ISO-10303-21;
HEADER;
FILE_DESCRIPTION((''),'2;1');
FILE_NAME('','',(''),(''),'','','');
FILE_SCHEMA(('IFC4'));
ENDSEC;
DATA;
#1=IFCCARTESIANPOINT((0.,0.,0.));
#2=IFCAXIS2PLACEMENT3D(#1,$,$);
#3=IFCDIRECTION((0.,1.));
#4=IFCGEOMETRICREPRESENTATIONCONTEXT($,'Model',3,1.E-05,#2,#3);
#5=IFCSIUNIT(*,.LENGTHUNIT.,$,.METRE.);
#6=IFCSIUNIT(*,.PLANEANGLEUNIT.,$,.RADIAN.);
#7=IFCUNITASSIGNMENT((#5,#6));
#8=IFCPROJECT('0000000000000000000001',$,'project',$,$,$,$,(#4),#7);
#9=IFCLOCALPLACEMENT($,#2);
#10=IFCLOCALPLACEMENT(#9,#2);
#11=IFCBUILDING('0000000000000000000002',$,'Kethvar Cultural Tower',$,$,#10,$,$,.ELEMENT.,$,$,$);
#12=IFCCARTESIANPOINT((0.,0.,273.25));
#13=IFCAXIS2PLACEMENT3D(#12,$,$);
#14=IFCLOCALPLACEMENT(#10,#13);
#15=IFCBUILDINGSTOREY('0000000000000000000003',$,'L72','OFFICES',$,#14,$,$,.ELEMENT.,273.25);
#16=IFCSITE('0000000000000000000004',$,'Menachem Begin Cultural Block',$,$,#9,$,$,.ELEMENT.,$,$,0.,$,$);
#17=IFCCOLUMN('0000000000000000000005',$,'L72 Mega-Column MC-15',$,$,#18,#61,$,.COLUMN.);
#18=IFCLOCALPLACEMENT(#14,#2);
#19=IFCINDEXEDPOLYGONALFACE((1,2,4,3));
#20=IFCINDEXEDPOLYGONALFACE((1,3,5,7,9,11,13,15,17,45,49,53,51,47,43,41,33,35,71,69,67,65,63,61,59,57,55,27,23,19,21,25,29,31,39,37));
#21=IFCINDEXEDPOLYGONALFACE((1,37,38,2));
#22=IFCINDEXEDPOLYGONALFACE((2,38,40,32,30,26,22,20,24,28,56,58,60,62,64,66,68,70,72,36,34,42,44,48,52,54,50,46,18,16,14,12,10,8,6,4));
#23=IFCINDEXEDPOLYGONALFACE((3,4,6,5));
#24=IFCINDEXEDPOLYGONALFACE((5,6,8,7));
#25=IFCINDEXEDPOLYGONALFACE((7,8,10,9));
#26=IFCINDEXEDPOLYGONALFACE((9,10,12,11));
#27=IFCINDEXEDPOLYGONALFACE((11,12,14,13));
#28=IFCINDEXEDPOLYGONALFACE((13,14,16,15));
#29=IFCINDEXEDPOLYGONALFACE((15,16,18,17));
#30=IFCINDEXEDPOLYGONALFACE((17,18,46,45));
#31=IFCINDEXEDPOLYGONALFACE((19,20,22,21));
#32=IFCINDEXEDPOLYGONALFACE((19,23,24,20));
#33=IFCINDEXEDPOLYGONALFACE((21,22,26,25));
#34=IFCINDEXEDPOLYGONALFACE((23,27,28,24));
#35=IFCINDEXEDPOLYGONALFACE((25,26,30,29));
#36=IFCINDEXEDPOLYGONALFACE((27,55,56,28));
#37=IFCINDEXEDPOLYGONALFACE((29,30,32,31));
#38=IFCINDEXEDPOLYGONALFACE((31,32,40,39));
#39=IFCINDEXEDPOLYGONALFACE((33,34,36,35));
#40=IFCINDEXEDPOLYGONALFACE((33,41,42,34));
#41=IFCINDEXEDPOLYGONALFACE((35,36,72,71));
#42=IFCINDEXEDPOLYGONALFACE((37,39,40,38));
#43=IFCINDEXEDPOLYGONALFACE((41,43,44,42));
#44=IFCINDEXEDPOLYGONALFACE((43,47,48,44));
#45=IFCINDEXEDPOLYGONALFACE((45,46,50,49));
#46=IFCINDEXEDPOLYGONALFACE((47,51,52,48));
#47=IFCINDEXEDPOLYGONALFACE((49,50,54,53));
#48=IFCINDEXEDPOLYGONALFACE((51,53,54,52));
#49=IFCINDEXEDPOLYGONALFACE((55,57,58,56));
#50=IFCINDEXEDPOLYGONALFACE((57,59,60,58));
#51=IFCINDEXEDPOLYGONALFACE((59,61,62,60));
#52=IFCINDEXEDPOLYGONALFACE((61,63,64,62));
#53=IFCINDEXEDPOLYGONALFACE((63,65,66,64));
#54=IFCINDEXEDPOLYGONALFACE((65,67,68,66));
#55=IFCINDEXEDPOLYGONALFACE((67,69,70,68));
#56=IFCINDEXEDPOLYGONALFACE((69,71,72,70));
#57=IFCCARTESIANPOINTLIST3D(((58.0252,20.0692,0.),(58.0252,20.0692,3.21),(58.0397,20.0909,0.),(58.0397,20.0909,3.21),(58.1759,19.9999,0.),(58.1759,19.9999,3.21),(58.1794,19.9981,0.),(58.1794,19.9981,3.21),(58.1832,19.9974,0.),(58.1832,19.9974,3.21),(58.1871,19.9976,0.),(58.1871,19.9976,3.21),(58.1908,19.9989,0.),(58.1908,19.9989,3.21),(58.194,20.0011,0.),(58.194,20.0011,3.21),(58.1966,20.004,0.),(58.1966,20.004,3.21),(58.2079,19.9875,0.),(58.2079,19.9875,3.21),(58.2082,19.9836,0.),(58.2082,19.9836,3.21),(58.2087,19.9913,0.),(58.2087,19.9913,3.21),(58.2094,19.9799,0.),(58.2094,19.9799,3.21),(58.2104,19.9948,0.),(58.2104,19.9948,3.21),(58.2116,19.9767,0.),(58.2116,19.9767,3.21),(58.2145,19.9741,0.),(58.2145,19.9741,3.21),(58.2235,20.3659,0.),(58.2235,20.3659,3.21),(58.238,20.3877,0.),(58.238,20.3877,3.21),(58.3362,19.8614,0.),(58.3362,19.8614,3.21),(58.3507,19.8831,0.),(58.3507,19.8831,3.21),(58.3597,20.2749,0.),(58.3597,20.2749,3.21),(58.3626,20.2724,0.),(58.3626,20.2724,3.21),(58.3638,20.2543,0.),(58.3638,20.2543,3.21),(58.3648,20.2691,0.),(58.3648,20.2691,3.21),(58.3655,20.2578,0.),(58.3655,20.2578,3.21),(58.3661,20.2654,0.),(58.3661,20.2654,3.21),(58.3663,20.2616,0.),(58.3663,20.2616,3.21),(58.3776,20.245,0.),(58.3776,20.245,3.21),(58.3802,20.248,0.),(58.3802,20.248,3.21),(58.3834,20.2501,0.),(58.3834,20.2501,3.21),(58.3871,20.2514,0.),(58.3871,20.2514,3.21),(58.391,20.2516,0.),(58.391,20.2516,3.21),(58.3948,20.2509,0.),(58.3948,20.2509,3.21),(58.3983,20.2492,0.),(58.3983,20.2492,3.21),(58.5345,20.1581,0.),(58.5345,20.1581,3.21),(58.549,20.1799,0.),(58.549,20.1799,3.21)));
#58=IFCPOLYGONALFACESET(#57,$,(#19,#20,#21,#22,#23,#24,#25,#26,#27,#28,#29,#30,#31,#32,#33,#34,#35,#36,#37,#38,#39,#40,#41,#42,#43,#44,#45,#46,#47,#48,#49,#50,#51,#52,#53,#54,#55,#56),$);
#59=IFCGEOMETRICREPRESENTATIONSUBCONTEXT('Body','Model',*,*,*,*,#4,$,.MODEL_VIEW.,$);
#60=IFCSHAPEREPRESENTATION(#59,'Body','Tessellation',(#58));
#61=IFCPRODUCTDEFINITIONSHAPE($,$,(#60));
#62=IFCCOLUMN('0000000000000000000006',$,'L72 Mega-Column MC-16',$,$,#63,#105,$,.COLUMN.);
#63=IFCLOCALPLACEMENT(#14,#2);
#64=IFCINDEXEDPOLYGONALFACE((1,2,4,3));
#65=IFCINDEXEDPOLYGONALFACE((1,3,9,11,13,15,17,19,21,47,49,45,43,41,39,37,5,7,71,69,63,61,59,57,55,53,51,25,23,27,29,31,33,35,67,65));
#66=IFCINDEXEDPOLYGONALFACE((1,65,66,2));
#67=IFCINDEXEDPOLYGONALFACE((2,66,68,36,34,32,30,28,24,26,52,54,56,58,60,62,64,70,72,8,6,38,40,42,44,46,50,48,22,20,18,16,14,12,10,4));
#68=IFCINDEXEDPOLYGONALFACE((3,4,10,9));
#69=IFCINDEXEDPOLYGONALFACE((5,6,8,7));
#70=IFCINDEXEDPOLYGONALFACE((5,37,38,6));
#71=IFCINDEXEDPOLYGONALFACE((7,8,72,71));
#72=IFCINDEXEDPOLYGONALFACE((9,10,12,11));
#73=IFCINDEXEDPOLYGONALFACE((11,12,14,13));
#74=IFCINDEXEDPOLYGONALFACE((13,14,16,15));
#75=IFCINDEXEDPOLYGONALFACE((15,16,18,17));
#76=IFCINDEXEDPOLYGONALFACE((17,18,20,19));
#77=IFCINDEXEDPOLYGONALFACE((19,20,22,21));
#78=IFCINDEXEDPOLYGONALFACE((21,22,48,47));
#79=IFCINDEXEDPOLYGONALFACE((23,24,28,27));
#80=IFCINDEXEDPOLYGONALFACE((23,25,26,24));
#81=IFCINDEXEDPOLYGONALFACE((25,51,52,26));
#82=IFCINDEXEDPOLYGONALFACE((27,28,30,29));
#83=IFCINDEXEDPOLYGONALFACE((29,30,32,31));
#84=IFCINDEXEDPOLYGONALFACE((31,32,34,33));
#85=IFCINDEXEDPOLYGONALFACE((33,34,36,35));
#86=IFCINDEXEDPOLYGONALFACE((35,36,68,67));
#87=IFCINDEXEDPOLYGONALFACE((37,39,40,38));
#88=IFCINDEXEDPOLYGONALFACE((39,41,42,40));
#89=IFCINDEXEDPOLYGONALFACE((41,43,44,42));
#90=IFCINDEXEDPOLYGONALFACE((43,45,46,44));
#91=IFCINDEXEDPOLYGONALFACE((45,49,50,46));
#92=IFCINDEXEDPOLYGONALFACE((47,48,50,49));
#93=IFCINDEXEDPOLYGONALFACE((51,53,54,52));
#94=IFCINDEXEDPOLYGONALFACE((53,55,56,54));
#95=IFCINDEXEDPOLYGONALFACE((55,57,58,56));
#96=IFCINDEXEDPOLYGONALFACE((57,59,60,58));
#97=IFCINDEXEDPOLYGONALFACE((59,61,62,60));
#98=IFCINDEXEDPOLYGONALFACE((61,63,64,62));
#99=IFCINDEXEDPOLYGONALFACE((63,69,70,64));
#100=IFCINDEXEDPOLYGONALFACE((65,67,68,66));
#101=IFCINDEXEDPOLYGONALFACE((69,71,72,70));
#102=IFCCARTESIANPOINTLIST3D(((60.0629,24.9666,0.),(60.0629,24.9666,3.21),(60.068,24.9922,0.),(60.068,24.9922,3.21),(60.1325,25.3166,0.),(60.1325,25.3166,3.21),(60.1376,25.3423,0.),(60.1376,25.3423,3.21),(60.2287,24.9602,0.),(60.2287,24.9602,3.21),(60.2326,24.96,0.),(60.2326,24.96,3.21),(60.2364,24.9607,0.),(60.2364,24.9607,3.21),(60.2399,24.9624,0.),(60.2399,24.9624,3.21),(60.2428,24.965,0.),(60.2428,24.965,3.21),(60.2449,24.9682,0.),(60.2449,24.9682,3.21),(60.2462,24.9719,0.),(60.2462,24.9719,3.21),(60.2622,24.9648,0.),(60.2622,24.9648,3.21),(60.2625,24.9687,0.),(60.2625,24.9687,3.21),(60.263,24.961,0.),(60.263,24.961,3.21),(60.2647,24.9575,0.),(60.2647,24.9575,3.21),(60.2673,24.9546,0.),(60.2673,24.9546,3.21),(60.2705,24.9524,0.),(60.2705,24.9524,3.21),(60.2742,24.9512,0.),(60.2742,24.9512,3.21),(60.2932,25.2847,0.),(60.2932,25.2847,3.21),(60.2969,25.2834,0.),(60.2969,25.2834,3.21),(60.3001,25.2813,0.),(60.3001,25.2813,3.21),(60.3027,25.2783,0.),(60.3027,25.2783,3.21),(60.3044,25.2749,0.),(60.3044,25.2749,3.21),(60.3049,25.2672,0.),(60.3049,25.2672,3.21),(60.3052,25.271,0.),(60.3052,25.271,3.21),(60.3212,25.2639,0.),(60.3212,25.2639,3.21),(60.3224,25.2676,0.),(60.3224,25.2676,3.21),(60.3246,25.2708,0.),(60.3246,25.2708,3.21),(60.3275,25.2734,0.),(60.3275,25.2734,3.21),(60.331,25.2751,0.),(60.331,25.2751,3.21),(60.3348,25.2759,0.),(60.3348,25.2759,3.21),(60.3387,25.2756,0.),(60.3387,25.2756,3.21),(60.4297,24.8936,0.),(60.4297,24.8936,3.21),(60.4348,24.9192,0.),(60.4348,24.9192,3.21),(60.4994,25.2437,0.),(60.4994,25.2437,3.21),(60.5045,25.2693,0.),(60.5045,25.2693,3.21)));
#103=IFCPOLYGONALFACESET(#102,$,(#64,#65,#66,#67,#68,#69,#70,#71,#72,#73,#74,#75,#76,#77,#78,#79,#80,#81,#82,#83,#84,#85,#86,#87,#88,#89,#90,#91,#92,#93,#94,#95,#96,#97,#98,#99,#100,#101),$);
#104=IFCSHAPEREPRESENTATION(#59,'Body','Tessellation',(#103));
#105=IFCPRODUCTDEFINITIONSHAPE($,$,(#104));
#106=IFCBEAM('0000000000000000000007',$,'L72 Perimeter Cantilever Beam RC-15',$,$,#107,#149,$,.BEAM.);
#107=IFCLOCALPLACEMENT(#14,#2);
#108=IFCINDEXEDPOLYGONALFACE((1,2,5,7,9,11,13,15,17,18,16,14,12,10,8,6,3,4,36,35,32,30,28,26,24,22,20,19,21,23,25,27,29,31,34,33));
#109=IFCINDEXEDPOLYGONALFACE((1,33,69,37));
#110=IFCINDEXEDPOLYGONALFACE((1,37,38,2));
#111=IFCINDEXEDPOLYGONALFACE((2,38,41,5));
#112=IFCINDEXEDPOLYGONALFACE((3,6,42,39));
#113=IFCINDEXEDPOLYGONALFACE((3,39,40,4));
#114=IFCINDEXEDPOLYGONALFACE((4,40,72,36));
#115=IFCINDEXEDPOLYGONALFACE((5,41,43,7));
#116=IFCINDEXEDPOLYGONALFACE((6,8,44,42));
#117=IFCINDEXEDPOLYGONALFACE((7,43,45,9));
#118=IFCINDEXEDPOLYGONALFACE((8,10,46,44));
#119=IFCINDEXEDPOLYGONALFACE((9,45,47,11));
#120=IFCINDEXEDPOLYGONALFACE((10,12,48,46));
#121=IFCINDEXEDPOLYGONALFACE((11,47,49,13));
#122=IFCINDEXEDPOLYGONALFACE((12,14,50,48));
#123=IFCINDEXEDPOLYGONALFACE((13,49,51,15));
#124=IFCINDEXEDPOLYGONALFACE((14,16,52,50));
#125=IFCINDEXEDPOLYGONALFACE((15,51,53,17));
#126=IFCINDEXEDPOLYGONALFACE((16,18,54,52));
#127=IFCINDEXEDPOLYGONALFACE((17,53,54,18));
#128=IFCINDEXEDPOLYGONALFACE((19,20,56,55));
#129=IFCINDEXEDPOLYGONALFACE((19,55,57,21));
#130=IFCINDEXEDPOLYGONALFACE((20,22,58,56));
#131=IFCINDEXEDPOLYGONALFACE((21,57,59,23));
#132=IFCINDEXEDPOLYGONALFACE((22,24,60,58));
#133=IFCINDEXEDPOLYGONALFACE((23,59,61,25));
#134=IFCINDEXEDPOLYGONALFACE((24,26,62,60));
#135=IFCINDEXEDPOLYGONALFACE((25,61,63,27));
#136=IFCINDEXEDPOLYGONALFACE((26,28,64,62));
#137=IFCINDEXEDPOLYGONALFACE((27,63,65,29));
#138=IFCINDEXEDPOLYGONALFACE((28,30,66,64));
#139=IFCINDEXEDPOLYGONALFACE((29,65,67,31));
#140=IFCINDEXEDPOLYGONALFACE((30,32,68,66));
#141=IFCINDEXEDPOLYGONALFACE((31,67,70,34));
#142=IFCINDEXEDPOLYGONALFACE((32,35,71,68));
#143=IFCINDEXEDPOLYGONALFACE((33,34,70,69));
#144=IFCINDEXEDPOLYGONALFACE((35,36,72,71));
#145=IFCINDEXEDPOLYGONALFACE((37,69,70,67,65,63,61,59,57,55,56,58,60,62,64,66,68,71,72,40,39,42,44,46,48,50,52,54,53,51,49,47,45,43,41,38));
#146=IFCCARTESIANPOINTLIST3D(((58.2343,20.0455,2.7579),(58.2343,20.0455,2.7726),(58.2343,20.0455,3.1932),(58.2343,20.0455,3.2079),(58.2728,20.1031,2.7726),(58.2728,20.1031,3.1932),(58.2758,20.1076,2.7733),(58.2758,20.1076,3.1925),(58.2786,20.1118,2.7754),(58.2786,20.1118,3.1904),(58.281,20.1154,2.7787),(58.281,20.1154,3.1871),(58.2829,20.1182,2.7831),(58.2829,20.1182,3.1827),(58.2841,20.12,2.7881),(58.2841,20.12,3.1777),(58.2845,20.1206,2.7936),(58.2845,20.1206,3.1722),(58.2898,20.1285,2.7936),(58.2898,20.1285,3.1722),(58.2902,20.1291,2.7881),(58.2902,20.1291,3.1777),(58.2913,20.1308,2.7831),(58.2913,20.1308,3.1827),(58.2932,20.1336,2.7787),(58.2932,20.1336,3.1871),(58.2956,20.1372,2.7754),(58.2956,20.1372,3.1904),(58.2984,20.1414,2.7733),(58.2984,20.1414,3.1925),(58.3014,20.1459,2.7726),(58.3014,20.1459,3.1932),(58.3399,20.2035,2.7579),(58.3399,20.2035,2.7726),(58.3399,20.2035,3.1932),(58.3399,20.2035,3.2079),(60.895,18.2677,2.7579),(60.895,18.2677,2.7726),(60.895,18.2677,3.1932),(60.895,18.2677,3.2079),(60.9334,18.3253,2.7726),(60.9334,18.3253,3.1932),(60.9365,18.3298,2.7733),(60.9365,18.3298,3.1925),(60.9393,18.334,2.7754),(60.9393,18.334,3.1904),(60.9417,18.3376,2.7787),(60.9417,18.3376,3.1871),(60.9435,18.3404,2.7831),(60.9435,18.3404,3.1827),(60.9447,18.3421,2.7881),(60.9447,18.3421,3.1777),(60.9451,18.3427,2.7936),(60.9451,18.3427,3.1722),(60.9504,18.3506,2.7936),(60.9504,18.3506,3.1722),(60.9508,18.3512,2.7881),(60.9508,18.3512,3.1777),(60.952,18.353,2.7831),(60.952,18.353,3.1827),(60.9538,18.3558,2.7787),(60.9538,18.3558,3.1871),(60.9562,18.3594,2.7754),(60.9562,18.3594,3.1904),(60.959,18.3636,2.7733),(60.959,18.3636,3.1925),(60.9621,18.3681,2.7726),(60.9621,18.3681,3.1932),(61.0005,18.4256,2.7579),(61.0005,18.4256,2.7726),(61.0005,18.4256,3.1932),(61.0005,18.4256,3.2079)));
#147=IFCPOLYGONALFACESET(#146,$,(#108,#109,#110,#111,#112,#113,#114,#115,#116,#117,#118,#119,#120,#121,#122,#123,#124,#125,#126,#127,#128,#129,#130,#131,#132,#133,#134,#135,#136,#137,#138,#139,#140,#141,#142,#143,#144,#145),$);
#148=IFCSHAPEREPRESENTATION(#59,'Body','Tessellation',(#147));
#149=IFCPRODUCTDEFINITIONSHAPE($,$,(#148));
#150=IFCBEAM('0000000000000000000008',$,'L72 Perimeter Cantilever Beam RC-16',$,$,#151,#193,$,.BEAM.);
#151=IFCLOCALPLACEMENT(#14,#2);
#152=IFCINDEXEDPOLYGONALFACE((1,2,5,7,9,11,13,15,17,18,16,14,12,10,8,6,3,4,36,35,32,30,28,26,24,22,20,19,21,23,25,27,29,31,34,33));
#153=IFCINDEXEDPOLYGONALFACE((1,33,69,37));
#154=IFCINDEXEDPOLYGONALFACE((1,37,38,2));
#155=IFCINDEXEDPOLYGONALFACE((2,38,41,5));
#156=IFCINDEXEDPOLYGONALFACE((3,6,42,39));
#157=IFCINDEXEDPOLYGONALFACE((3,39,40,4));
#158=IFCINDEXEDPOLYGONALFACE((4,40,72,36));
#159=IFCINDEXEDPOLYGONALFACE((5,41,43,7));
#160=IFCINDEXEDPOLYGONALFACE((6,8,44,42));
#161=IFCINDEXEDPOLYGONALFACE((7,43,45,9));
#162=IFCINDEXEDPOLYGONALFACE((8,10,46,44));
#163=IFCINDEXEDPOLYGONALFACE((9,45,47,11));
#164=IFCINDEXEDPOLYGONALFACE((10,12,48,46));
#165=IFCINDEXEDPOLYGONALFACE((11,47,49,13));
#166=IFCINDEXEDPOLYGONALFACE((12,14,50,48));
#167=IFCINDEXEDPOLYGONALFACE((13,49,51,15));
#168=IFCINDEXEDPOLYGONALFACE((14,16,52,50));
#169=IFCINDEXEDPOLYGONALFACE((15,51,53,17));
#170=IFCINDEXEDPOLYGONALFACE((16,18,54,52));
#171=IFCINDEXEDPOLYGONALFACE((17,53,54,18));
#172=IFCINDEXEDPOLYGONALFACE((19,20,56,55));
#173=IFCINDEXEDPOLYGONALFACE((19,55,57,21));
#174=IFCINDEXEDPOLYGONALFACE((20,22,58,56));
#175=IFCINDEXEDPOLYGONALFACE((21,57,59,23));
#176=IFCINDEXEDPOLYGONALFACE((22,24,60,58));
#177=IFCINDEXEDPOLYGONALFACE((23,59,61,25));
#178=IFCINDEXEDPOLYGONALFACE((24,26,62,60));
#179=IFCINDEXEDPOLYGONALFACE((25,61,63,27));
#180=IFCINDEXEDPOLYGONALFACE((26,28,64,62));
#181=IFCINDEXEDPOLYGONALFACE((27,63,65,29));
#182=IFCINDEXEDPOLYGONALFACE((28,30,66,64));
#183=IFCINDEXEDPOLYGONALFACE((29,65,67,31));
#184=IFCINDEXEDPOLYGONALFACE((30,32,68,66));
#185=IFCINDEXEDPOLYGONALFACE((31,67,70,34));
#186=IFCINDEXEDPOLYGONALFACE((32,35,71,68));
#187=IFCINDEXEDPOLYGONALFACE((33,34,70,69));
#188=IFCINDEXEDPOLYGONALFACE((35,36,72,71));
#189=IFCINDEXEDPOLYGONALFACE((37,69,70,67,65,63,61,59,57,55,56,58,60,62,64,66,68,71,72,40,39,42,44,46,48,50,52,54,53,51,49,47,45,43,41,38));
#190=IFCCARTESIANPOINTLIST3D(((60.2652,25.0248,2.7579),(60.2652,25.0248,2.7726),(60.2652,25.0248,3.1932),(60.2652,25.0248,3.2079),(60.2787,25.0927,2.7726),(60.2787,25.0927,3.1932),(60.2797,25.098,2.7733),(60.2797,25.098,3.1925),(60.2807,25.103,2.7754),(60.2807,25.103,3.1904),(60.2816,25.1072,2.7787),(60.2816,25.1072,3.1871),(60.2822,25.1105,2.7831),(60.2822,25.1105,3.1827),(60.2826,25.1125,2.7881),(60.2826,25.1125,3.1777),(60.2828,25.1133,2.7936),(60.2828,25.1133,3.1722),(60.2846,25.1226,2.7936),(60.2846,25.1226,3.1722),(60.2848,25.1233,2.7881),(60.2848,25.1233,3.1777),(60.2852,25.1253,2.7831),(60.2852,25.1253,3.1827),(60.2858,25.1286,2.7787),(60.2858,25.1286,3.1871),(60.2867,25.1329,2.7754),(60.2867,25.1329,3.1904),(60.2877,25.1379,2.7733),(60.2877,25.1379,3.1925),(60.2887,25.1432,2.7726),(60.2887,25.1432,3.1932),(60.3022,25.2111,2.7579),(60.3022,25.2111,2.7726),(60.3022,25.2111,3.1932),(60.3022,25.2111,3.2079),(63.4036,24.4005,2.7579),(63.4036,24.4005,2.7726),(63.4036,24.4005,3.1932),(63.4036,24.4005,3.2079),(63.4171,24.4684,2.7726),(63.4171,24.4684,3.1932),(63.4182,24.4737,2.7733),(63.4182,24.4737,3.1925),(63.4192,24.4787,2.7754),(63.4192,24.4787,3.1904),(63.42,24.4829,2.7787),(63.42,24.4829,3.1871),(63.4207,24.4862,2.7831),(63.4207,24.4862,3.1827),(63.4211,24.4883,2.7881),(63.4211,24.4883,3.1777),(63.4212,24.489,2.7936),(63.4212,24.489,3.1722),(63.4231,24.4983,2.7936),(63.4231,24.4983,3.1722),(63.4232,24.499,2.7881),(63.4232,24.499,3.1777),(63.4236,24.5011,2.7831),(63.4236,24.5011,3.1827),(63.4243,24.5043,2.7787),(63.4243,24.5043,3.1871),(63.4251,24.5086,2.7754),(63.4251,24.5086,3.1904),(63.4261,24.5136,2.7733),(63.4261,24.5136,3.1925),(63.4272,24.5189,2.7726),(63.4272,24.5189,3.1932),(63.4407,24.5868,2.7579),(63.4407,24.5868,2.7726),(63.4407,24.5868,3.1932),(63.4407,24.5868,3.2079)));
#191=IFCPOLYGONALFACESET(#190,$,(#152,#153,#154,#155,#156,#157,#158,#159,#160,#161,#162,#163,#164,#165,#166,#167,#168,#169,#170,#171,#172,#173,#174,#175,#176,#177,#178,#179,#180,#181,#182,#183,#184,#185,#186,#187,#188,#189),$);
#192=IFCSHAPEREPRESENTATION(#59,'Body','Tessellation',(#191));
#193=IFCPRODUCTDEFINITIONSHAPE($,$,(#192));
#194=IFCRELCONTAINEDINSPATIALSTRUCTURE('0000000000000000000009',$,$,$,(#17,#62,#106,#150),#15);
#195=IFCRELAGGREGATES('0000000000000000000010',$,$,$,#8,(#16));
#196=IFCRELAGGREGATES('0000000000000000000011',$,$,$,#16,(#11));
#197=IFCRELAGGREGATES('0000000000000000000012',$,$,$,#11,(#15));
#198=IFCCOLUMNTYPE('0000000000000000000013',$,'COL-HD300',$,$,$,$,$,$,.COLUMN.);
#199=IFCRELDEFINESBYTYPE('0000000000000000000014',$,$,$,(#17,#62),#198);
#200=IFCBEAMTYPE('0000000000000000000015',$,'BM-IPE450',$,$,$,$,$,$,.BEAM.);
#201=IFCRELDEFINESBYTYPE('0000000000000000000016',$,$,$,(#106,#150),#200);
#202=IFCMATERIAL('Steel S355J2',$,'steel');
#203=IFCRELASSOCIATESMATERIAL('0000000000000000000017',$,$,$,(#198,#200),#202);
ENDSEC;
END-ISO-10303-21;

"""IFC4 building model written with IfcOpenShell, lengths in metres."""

from ifc_helpers import new_model, si_unit, direction, frame, origin, origin_2d, place, context, subcontext, project, spatial, i_section, extrude, source, transform, mapped, material, material_profile, profile_set, type_object, element, save


model = new_model("IFC4")

# Units and contexts
model_context = context("Model", 3, precision=1e-05, world=origin(), true_north=direction((0.0, 1.0)))
body_context = subcontext(model_context, "Body", "Model", "MODEL_VIEW")
ifc_project = project(units=[si_unit("LENGTHUNIT", "METRE"), si_unit("PLANEANGLEUNIT", "RADIAN")], contexts=[model_context])

# Site, building, storey
site_placement = place(None, origin())
site = spatial("IfcSite", under=ifc_project, at=site_placement, Name="Menachem Begin Cultural Block", CompositionType="ELEMENT", RefElevation=0.0)
building_placement = place(site_placement, origin())
building = spatial("IfcBuilding", under=site, at=building_placement, Name="Kethvar Cultural Tower", CompositionType="ELEMENT")
storey_placement = place(building_placement, frame((0.0, 0.0, 273.25)))
storey = spatial("IfcBuildingStorey", under=building, at=storey_placement, Name="L72", Description="OFFICES", CompositionType="ELEMENT", Elevation=273.25)

# Columns
ifc_material_1 = material(Name="Steel S355J2", Category="steel")
ifc_material_profile_1 = material_profile(ifc_material_1, i_section(OverallWidth=0.374, OverallDepth=0.3831, WebThickness=0.0166, FlangeThickness=0.0261, FilletRadius=0.0149, at=origin_2d()), Name="Steel S355J2 — HD360x300")
ifc_profile_set_1 = profile_set([ifc_material_profile_1], Name="Steel S355J2 — HD360x300")
column_type = type_object("IfcColumnType", Name="COL-HD300", PredefinedType="COLUMN", material=ifc_profile_set_1)
shared_shape_1 = source(origin(), body_context, "Body", "SweptSolid", [
    extrude(i_section(OverallWidth=0.374, OverallDepth=0.3831, WebThickness=0.0166, FlangeThickness=0.0261, FilletRadius=0.0149, at=origin_2d()), origin(), (0.0, 0.0, 1.0), 3.21),
])
for number, where, z_axis, x_axis, name in (
    (1, (58.2871, 20.1245, 0.0), (0.0, 0.0, 1.0), (0.83147, -0.55557, 0.0), "L72 Mega-Column MC-15"),
    (2, (60.2837, 25.1179, 0.0), (0.0, 0.0, 1.0), (0.980785, -0.19509, 0.0), "L72 Mega-Column MC-16"),
):
    element("IfcColumn", number, at=place(storey_placement, frame(where, z_axis=z_axis, x_axis=x_axis)), inside=storey, type_object=column_type, Name=name, PredefinedType="COLUMN", context=body_context, shape_type="MappedRepresentation", body=[
        mapped(shared_shape_1, transform((0.0, 0.0, 0.0), scale=1.0)),
    ])

# Beams
ifc_material_profile_2 = material_profile(ifc_material_1, i_section(OverallWidth=0.1899, OverallDepth=0.45, WebThickness=0.0095, FlangeThickness=0.0146, FilletRadius=0.021, at=origin_2d()), Name="Steel S355J2 — IPE450")
ifc_profile_set_2 = profile_set([ifc_material_profile_2], Name="Steel S355J2 — IPE450")
beam_type_1 = type_object("IfcBeamType", Name="BM-IPE450", PredefinedType="BEAM", material=ifc_profile_set_2)
shared_shape_2 = source(origin(), body_context, "Body", "SweptSolid", [
    extrude(i_section(OverallWidth=0.1899, OverallDepth=0.45, WebThickness=0.0095, FlangeThickness=0.0146, FilletRadius=0.021, at=origin_2d()), origin(), (0.0, 0.0, 1.0), 3.2),
])
for number, where, z_axis, x_axis, name in (
    (3, (58.2871, 20.1245, 2.9829), (0.831463, -0.55558, 0.0), (0.55558, 0.831463, 0.0), "L72 Perimeter Cantilever Beam RC-15"),
    (4, (60.2837, 25.1179, 2.9829), (0.980786, -0.195089, 0.0), (0.195089, 0.980786, 0.0), "L72 Perimeter Cantilever Beam RC-16"),
):
    element("IfcBeam", number, at=place(storey_placement, frame(where, z_axis=z_axis, x_axis=x_axis)), inside=storey, type_object=beam_type_1, Name=name, PredefinedType="BEAM", context=body_context, shape_type="MappedRepresentation", body=[
        mapped(shared_shape_2, transform((0.0, 0.0, 0.0), scale=1.0)),
    ])

save(model, "model.ifc")
